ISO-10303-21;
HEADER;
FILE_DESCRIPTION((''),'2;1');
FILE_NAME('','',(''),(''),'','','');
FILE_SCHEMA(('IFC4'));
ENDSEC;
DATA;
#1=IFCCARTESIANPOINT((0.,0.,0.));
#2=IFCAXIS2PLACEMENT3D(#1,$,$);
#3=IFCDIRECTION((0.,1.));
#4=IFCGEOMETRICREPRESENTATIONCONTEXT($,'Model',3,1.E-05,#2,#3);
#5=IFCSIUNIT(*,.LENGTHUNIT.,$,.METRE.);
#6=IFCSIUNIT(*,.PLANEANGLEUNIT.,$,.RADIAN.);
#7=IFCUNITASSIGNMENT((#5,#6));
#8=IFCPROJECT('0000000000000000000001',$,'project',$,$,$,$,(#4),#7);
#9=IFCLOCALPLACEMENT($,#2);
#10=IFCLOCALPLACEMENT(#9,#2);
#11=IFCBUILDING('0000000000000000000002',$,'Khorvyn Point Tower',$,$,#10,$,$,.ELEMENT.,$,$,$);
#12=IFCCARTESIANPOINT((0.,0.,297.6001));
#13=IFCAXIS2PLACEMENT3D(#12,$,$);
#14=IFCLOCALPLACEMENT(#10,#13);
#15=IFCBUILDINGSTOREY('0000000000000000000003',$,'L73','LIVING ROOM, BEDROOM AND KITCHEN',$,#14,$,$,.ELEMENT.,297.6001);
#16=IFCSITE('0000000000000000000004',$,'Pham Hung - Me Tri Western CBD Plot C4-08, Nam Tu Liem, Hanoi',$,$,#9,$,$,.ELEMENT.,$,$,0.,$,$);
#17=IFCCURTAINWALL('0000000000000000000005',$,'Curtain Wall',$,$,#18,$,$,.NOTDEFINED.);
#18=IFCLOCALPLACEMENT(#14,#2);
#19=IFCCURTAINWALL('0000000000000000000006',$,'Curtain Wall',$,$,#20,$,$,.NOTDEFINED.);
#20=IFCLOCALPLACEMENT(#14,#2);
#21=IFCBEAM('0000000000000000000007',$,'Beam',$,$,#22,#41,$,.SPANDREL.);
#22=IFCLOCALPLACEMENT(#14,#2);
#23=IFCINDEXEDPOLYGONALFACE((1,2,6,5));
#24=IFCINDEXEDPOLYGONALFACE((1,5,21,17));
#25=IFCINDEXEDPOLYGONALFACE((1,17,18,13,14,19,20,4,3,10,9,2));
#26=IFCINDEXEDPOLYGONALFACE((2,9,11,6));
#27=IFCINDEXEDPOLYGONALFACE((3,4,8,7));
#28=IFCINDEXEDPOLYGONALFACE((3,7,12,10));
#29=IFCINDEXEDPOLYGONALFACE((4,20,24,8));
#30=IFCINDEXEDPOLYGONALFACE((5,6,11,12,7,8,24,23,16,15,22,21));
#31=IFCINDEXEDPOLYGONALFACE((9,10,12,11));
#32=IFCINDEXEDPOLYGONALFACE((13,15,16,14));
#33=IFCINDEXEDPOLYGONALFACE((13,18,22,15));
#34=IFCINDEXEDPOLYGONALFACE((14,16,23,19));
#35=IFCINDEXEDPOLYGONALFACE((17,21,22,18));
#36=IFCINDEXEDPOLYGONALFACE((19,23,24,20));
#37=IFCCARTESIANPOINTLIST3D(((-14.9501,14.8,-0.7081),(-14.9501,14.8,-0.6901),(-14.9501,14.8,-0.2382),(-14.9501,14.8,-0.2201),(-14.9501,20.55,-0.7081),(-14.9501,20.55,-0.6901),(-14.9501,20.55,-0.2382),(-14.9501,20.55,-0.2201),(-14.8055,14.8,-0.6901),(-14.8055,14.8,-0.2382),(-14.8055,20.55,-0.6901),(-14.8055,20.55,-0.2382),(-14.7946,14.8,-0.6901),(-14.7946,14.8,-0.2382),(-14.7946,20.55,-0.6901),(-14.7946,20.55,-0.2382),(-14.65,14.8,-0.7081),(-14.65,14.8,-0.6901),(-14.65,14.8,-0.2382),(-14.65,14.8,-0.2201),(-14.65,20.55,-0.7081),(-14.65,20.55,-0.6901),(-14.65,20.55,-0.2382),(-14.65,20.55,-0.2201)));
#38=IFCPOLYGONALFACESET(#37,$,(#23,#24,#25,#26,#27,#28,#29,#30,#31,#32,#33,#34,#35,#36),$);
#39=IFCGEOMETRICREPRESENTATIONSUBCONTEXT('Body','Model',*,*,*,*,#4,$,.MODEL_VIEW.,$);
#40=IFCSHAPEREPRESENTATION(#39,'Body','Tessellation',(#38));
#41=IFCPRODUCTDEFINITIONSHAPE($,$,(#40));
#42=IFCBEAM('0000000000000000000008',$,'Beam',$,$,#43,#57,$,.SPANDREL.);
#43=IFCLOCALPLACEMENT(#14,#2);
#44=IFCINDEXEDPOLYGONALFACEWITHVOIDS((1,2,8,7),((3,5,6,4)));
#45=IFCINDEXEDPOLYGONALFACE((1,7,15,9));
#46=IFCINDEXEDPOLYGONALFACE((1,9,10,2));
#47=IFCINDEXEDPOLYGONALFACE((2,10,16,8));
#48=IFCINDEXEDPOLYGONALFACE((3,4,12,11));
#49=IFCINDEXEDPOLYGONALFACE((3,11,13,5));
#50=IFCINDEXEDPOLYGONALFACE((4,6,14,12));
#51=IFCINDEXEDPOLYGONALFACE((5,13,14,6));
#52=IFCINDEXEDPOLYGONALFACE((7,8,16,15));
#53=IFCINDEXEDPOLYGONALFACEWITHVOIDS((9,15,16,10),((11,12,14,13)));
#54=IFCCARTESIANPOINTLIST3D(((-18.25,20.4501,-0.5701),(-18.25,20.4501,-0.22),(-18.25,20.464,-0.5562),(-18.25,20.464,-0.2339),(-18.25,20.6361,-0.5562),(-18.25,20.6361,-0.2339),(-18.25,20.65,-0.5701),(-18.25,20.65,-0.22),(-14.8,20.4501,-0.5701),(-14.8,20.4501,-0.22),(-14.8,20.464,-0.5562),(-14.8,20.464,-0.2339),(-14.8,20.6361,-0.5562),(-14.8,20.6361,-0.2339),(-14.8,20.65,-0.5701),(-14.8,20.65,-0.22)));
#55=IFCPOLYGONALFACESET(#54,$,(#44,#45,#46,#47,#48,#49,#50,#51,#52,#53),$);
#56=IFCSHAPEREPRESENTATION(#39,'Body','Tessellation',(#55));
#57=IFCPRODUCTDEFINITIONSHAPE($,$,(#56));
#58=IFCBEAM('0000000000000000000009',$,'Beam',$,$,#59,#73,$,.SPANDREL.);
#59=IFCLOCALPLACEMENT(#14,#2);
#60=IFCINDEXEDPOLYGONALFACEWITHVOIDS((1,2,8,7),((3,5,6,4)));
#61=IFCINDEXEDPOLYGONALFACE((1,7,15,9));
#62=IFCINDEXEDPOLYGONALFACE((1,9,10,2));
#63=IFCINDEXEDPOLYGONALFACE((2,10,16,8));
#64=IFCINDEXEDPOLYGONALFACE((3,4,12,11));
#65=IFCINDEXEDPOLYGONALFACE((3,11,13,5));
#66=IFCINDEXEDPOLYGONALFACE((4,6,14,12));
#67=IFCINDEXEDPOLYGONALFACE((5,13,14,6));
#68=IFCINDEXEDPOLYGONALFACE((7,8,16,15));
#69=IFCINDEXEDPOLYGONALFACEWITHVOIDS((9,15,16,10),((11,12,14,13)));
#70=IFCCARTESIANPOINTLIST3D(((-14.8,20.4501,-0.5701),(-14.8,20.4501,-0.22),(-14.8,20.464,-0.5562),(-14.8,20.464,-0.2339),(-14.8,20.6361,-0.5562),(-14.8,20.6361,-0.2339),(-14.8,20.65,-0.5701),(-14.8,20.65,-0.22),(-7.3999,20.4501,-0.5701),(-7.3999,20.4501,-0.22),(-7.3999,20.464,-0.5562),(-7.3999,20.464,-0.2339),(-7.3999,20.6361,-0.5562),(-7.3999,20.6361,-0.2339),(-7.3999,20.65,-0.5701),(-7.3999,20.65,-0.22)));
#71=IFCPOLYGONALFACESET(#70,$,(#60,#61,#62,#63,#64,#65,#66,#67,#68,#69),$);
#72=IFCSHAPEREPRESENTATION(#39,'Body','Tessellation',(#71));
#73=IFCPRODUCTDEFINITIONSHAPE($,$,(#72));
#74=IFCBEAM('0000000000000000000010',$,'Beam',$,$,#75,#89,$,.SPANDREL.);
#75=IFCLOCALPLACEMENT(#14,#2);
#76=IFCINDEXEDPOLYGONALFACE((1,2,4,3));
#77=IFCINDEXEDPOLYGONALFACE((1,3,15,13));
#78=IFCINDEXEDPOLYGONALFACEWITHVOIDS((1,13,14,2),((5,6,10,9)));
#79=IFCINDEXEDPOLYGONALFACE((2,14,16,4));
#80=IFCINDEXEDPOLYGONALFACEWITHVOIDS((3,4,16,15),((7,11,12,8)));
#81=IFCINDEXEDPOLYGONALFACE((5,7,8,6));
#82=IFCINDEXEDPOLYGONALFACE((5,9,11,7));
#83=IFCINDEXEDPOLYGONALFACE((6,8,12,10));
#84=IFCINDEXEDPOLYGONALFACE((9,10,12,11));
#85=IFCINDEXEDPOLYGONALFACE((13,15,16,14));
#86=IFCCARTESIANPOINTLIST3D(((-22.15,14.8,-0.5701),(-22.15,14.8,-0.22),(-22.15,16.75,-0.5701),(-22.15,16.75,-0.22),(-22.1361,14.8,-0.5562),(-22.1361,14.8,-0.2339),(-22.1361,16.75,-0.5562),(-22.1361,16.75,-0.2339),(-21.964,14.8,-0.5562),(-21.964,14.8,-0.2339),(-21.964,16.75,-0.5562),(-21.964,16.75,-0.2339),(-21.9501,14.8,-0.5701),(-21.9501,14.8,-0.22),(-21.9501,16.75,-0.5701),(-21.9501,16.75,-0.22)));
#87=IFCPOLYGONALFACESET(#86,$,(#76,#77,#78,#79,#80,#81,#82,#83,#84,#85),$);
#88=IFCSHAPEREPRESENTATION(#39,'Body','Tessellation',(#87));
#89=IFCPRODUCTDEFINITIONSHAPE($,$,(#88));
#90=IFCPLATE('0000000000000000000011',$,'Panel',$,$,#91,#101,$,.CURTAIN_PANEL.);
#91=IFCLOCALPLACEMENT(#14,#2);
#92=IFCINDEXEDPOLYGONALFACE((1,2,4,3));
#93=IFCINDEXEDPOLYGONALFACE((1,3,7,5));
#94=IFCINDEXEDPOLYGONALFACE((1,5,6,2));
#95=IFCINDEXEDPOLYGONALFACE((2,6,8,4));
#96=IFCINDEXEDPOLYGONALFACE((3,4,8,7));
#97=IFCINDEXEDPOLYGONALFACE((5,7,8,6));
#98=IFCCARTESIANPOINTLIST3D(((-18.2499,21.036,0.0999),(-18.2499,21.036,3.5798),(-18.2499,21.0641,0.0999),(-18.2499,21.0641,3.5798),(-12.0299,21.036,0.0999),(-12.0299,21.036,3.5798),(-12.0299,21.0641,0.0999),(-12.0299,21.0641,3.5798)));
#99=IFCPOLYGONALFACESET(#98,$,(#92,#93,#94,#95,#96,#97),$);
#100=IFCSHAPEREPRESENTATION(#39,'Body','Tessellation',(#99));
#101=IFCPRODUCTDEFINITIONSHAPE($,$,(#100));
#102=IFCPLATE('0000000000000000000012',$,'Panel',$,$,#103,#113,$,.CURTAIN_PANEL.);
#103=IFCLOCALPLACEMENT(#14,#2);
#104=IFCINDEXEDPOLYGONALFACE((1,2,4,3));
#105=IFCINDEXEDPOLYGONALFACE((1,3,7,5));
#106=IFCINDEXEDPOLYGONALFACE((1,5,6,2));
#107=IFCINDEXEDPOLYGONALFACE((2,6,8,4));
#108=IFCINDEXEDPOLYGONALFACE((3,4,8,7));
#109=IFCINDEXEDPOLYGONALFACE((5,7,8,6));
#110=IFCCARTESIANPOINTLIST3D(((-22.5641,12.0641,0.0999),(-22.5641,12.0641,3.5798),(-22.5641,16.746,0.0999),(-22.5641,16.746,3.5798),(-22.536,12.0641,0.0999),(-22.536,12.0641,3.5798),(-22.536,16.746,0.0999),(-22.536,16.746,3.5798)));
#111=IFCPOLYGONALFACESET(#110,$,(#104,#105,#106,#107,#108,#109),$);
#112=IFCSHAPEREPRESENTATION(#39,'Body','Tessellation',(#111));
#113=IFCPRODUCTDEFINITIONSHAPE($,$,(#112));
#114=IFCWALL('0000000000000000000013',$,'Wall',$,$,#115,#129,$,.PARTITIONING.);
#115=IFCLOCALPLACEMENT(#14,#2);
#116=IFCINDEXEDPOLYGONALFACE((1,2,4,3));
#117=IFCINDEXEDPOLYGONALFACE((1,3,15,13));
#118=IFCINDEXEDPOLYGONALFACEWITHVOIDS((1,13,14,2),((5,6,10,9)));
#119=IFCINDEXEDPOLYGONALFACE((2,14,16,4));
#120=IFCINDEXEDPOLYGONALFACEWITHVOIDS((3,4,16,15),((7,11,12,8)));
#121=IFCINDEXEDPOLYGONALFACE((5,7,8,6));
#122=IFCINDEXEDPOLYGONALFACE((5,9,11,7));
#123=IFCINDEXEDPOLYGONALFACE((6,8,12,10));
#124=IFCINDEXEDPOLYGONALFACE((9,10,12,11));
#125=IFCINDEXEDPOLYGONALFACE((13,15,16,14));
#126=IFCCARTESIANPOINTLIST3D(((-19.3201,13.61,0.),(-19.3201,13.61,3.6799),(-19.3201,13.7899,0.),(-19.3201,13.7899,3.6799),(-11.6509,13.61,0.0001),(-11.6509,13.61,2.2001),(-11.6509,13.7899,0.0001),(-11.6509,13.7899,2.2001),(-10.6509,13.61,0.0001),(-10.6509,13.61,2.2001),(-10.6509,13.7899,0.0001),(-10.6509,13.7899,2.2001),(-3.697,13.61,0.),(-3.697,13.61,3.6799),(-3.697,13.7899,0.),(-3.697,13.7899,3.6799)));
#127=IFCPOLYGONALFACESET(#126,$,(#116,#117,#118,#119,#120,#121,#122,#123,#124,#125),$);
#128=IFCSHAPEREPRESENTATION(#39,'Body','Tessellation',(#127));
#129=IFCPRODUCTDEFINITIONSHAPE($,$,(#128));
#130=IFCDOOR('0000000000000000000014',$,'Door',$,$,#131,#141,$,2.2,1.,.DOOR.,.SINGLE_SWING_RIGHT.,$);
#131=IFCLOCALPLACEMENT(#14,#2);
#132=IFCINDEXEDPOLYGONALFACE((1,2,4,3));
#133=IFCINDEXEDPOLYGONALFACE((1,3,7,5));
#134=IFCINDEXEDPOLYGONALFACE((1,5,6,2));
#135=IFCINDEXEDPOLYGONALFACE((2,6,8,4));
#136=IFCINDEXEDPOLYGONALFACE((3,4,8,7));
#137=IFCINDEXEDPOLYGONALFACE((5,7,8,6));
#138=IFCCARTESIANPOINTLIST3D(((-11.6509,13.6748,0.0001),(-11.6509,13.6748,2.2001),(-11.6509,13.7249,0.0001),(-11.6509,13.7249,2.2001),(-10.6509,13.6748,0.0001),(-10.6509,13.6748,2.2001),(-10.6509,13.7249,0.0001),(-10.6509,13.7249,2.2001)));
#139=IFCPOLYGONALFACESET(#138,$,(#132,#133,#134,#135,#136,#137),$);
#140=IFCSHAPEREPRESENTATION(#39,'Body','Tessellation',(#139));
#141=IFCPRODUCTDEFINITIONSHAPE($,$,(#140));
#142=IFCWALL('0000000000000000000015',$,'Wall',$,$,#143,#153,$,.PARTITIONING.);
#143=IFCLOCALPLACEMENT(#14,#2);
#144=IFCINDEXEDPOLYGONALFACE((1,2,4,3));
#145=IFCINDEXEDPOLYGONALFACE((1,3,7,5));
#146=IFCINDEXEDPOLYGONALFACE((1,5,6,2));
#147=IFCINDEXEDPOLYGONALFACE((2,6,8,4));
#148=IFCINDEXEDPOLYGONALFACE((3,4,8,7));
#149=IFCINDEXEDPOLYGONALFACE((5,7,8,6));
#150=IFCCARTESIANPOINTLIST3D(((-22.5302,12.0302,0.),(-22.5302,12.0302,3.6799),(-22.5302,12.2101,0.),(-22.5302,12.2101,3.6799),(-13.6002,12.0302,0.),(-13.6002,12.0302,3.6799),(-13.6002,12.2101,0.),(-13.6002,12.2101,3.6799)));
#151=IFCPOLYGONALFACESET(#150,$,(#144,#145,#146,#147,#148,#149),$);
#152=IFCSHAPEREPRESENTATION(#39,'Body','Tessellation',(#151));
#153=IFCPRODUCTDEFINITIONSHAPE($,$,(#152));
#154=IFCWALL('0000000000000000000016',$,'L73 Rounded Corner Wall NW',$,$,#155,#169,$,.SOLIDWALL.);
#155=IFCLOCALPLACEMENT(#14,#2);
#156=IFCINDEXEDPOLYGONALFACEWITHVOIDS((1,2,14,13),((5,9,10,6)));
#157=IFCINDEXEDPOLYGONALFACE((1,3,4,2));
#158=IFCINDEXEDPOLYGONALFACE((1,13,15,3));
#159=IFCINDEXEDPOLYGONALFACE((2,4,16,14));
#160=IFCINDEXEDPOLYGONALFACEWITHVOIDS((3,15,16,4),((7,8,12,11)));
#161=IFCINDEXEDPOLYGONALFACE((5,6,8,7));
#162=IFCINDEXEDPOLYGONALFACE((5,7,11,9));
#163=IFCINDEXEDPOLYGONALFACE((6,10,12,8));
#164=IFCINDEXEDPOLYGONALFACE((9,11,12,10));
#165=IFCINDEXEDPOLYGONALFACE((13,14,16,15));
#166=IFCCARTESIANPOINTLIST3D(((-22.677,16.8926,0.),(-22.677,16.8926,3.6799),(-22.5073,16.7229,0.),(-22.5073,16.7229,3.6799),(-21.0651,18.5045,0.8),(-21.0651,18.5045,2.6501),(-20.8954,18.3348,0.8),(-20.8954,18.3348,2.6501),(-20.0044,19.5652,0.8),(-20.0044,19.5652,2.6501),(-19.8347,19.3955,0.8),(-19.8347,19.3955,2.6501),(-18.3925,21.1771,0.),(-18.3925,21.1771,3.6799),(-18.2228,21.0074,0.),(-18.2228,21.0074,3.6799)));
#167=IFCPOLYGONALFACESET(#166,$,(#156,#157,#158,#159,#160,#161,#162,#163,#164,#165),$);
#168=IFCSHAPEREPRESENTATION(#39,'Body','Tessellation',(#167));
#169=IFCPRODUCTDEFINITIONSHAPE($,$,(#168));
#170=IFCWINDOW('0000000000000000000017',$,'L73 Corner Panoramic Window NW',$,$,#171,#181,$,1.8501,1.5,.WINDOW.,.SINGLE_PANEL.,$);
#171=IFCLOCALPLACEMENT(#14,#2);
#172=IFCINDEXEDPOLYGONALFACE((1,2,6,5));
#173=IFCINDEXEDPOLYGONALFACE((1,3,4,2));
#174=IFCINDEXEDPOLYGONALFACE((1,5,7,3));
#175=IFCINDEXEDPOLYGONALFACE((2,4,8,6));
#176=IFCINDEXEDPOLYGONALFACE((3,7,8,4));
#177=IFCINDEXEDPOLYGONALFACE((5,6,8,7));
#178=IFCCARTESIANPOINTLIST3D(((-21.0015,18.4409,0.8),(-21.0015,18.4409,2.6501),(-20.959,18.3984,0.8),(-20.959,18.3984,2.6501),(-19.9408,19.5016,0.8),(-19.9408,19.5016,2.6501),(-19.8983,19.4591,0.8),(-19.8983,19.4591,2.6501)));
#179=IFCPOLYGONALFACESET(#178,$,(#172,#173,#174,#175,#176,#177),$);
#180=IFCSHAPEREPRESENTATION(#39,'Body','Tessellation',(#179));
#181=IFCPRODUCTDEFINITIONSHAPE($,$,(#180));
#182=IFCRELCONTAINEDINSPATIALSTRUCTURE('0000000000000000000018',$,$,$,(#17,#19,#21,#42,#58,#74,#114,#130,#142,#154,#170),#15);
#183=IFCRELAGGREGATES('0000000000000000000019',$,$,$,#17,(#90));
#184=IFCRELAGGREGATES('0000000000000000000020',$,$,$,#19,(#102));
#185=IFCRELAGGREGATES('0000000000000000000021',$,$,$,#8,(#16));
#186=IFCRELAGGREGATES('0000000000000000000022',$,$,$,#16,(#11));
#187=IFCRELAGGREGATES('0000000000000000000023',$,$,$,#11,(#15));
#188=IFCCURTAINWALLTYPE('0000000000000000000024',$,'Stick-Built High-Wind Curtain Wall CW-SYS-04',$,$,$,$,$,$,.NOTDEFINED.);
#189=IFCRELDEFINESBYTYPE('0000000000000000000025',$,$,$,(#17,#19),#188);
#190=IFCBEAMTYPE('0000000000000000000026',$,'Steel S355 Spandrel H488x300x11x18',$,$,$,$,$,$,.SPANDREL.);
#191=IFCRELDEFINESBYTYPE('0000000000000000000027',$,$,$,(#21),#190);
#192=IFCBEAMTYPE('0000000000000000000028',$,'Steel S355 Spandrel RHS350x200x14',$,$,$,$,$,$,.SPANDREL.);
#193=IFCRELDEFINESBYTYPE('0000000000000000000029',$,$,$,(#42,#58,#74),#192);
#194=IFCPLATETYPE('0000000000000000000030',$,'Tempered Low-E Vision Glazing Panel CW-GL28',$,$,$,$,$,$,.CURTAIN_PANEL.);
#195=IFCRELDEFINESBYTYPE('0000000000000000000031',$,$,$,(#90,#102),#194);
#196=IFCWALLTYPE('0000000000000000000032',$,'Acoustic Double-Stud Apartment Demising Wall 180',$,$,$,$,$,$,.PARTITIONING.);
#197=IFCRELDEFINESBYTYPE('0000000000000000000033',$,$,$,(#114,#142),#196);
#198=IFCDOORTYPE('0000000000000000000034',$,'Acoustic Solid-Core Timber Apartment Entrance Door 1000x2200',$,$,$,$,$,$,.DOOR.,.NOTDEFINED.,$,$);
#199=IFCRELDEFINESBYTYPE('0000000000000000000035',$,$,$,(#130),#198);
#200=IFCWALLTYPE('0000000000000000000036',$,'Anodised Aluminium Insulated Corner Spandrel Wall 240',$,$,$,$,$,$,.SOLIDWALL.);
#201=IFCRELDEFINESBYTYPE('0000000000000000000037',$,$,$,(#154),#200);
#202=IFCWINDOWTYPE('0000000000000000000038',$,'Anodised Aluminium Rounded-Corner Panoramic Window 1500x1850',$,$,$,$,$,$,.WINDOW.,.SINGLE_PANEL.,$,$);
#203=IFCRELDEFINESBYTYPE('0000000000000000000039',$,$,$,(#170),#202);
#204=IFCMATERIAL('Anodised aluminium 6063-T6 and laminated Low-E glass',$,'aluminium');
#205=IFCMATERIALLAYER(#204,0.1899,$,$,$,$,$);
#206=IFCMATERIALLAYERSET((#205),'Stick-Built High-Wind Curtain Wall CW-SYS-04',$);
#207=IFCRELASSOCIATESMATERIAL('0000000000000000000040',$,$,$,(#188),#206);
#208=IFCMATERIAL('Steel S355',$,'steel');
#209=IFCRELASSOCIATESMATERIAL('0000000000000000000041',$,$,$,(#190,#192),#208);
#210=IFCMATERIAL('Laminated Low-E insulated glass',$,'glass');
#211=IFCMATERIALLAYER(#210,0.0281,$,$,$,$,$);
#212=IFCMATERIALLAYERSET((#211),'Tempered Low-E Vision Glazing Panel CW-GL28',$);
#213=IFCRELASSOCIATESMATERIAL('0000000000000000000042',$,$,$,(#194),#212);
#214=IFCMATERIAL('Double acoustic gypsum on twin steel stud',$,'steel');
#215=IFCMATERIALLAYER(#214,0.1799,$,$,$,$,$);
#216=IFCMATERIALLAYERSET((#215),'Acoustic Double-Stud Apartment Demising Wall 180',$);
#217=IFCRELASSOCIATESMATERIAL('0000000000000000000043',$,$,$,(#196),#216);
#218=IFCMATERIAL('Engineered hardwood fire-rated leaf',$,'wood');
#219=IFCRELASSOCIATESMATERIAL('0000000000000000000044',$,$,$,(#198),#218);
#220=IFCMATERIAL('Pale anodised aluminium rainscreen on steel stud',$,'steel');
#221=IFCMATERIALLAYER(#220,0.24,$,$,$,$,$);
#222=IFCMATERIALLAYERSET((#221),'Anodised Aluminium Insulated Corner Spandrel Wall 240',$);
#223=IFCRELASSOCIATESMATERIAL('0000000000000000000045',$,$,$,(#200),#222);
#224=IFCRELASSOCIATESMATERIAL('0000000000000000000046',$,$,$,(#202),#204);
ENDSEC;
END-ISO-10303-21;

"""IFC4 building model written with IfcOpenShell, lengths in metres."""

from ifc_helpers import new_model, si_unit, direction, frame, frame_2d, origin, origin_2d, place, context, subcontext, project, spatial, rectangle, hollow_rectangle, i_section, extrude, material, layer, layer_set, material_profile, profile_set, type_object, element, fill, aggregate, save


model = new_model("IFC4")

# Units and contexts
model_context = context("Model", 3, precision=1e-05, world=origin(), true_north=direction((0.0, 1.0)))
body_context = subcontext(model_context, "Body", "Model", "MODEL_VIEW")
ifc_project = project(units=[si_unit("LENGTHUNIT", "METRE"), si_unit("PLANEANGLEUNIT", "RADIAN")], contexts=[model_context])

# Site, building, storey
site_placement = place(None, origin())
site = spatial("IfcSite", under=ifc_project, at=site_placement, Name="Pham Hung - Me Tri Western CBD Plot C4-08, Nam Tu Liem, Hanoi", CompositionType="ELEMENT", RefElevation=0.0)
building_placement = place(site_placement, origin())
building = spatial("IfcBuilding", under=site, at=building_placement, Name="Khorvyn Point Tower", CompositionType="ELEMENT")
storey_placement = place(building_placement, frame((0.0, 0.0, 297.6001)))
storey = spatial("IfcBuildingStorey", under=building, at=storey_placement, Name="L73", Description="LIVING ROOM, BEDROOM AND KITCHEN", CompositionType="ELEMENT", Elevation=297.6001)

# Shared definitions
ifc_material_1 = material(Name="Steel S355", Category="steel")

# Curtain walls
ifc_material_2 = material(Name="Anodised aluminium 6063-T6 and laminated Low-E glass", Category="aluminium")
ifc_layer_1 = layer(ifc_material_2, 0.1899)
ifc_layer_set_1 = layer_set([ifc_layer_1], Name="Stick-Built High-Wind Curtain Wall CW-SYS-04")
curtain_wall_type = type_object("IfcCurtainWallType", Name="Stick-Built High-Wind Curtain Wall CW-SYS-04", PredefinedType="NOTDEFINED", material=ifc_layer_set_1)
curtain_wall_1_placement = place(storey_placement, origin())
curtain_wall_1 = element("IfcCurtainWall", 1, at=curtain_wall_1_placement, inside=storey, type_object=curtain_wall_type, Name="Curtain Wall", PredefinedType="NOTDEFINED")
curtain_wall_2_placement = place(storey_placement, origin())
curtain_wall_2 = element("IfcCurtainWall", 2, at=curtain_wall_2_placement, inside=storey, type_object=curtain_wall_type, Name="Curtain Wall", PredefinedType="NOTDEFINED")

# Beams
ifc_material_profile_1 = material_profile(ifc_material_1, i_section(OverallWidth=0.3, OverallDepth=0.488, WebThickness=0.011, FlangeThickness=0.0181, at=origin_2d()))
ifc_profile_set_1 = profile_set([ifc_material_profile_1], Name="Steel S355 H488x300x11x18")
beam_type_1 = type_object("IfcBeamType", Name="Steel S355 Spandrel H488x300x11x18", PredefinedType="SPANDREL", material=ifc_profile_set_1)
beam_1_placement = place(storey_placement, frame((-14.8, 14.8, -0.4641), z_axis=(0.0, 1.0, 0.0), x_axis=(-1.0, 0.0, 0.0)))
element("IfcBeam", 3, at=beam_1_placement, inside=storey, type_object=beam_type_1, Name="Beam", PredefinedType="SPANDREL", context=body_context, shape_type="SweptSolid", body=[
    extrude(i_section(OverallWidth=0.3, OverallDepth=0.488, WebThickness=0.011, FlangeThickness=0.0181, at=origin_2d()), origin(), (0.0, 0.0, 1.0), 5.75),
])
ifc_material_profile_2 = material_profile(ifc_material_1, hollow_rectangle(XDim=0.2, YDim=0.3501, WallThickness=0.0139, at=origin_2d()))
ifc_profile_set_2 = profile_set([ifc_material_profile_2], Name="Steel S355 RHS350x200x14")
beam_type_2 = type_object("IfcBeamType", Name="Steel S355 Spandrel RHS350x200x14", PredefinedType="SPANDREL", material=ifc_profile_set_2)
beam_2_placement = place(storey_placement, frame((-18.25, 20.55, -0.395), z_axis=(1.0, 0.0, 0.0), x_axis=(0.0, 1.0, 0.0)))
element("IfcBeam", 4, at=beam_2_placement, inside=storey, type_object=beam_type_2, Name="Beam", PredefinedType="SPANDREL", context=body_context, shape_type="SweptSolid", body=[
    extrude(hollow_rectangle(XDim=0.2, YDim=0.3501, WallThickness=0.0139, at=origin_2d()), origin(), (0.0, 0.0, 1.0), 3.45),
])
beam_3_placement = place(storey_placement, frame((-14.8, 20.55, -0.395), z_axis=(1.0, 0.0, 0.0), x_axis=(0.0, 1.0, 0.0)))
element("IfcBeam", 5, at=beam_3_placement, inside=storey, type_object=beam_type_2, Name="Beam", PredefinedType="SPANDREL", context=body_context, shape_type="SweptSolid", body=[
    extrude(hollow_rectangle(XDim=0.2, YDim=0.3501, WallThickness=0.0139, at=origin_2d()), origin(), (0.0, 0.0, 1.0), 7.4001),
])
beam_4_placement = place(storey_placement, frame((-22.05, 14.8, -0.395), z_axis=(0.0, 1.0, 0.0), x_axis=(-1.0, 0.0, 0.0)))
element("IfcBeam", 6, at=beam_4_placement, inside=storey, type_object=beam_type_2, Name="Beam", PredefinedType="SPANDREL", context=body_context, shape_type="SweptSolid", body=[
    extrude(hollow_rectangle(XDim=0.2, YDim=0.3501, WallThickness=0.0139, at=origin_2d()), origin(), (0.0, 0.0, 1.0), 1.95),
])

# Plates
ifc_material_3 = material(Name="Laminated Low-E insulated glass", Category="glass")
ifc_layer_2 = layer(ifc_material_3, 0.0281)
ifc_layer_set_2 = layer_set([ifc_layer_2], Name="Tempered Low-E Vision Glazing Panel CW-GL28")
plate_type = type_object("IfcPlateType", Name="Tempered Low-E Vision Glazing Panel CW-GL28", PredefinedType="CURTAIN_PANEL", material=ifc_layer_set_2)
plate_1_placement = place(storey_placement, frame((-15.1399, 21.05, 0.0999), z_axis=(0.0, 0.0, 1.0), x_axis=(1.0, 0.0, 0.0)))
plate_1 = element("IfcPlate", 7, at=plate_1_placement, type_object=plate_type, Name="Panel", PredefinedType="CURTAIN_PANEL", context=body_context, shape_type="SweptSolid", body=[
    extrude(rectangle(XDim=6.22, YDim=0.0281, at=origin_2d()), origin(), (0.0, 0.0, 1.0), 3.48),
])
aggregate(curtain_wall_1, [plate_1])
plate_2_placement = place(storey_placement, frame((-22.55, 14.405, 0.0999), z_axis=(0.0, 0.0, 1.0), x_axis=(0.0, 1.0, 0.0)))
plate_2 = element("IfcPlate", 8, at=plate_2_placement, type_object=plate_type, Name="Panel", PredefinedType="CURTAIN_PANEL", context=body_context, shape_type="SweptSolid", body=[
    extrude(rectangle(XDim=4.6819, YDim=0.0281, at=origin_2d()), origin(), (0.0, 0.0, 1.0), 3.48),
])
aggregate(curtain_wall_2, [plate_2])

# Wall, opening, door
ifc_material_4 = material(Name="Double acoustic gypsum on twin steel stud", Category="steel")
ifc_layer_3 = layer(ifc_material_4, 0.1799)
ifc_layer_set_3 = layer_set([ifc_layer_3], Name="Acoustic Double-Stud Apartment Demising Wall 180")
wall_type_1 = type_object("IfcWallType", Name="Acoustic Double-Stud Apartment Demising Wall 180", PredefinedType="PARTITIONING", material=ifc_layer_set_3)
wall_1_placement = place(storey_placement, frame((-19.3201, 13.7, 0.0), z_axis=(0.0, 0.0, 1.0), x_axis=(1.0, 0.0, 0.0)))
wall_1 = element("IfcWall", 9, at=wall_1_placement, inside=storey, type_object=wall_type_1, Name="Wall", PredefinedType="PARTITIONING", context=body_context, shape_type="SweptSolid", body=[
    extrude(rectangle(XDim=15.623, YDim=0.1799, at=frame_2d((7.8115, 0.0))), origin(), (0.0, 0.0, 1.0), 3.6799),
])
opening_1_placement = place(wall_1_placement, frame((7.6692, 0.0, 0.0)))
opening_1 = element("IfcOpeningElement", 10, at=opening_1_placement, cuts=wall_1, PredefinedType="OPENING", context=body_context, shape_type="SweptSolid", body=[
    extrude(rectangle(XDim=1.0, YDim=2.2, at=frame_2d((0.5, 1.1001))), frame((0.0, 0.0999, 0.0), z_axis=(0.0, -1.0, 0.0), x_axis=(1.0, 0.0, 0.0)), (0.0, 0.0, 1.0), 0.2),
])
ifc_material_5 = material(Name="Engineered hardwood fire-rated leaf", Category="wood")
door_type = type_object("IfcDoorType", Name="Acoustic Solid-Core Timber Apartment Entrance Door 1000x2200", OperationType="NOTDEFINED", PredefinedType="DOOR", material=ifc_material_5)
door_placement = place(opening_1_placement, origin())
door = element("IfcDoor", 11, at=door_placement, inside=storey, type_object=door_type, Name="Door", OperationType="SINGLE_SWING_RIGHT", OverallHeight=2.2, OverallWidth=1.0, PredefinedType="DOOR", context=body_context, shape_type="SweptSolid", body=[
    extrude(rectangle(XDim=1.0, YDim=2.2, at=frame_2d((0.5, 1.1001))), frame((0.0, 0.0249, 0.0), z_axis=(0.0, -1.0, 0.0), x_axis=(1.0, 0.0, 0.0)), (0.0, 0.0, 1.0), 0.05),
])
fill(opening_1, door)

# Wall
wall_2_placement = place(storey_placement, frame((-22.53, 12.1201, 0.0), z_axis=(0.0, 0.0, 1.0), x_axis=(1.0, 0.0, 0.0)))
element("IfcWall", 12, at=wall_2_placement, inside=storey, type_object=wall_type_1, Name="Wall", PredefinedType="PARTITIONING", context=body_context, shape_type="SweptSolid", body=[
    extrude(rectangle(XDim=8.9299, YDim=0.1799, at=frame_2d((4.4648, 0.0))), origin(), (0.0, 0.0, 1.0), 3.6799),
])

# Wall, opening, window
ifc_material_6 = material(Name="Pale anodised aluminium rainscreen on steel stud", Category="steel")
ifc_layer_4 = layer(ifc_material_6, 0.24)
ifc_layer_set_4 = layer_set([ifc_layer_4], Name="Anodised Aluminium Insulated Corner Spandrel Wall 240")
wall_type_2 = type_object("IfcWallType", Name="Anodised Aluminium Insulated Corner Spandrel Wall 240", PredefinedType="SOLIDWALL", material=ifc_layer_set_4)
wall_3_placement = place(storey_placement, frame((-22.5923, 16.8076, 0.0), z_axis=(0.0, 0.0, 1.0), x_axis=(0.707107, 0.707107, 0.0)))
wall_3 = element("IfcWall", 13, at=wall_3_placement, inside=storey, type_object=wall_type_2, Name="L73 Rounded Corner Wall NW", PredefinedType="SOLIDWALL", context=body_context, shape_type="SweptSolid", body=[
    extrude(rectangle(XDim=6.0593, YDim=0.24, at=frame_2d((3.0298, 0.0))), origin(), (0.0, 0.0, 1.0), 3.6799),
])
opening_2_placement = place(wall_3_placement, frame((2.2798, 0.0, 0.8)))
opening_2 = element("IfcOpeningElement", 14, at=opening_2_placement, cuts=wall_3, PredefinedType="OPENING", context=body_context, shape_type="SweptSolid", body=[
    extrude(rectangle(XDim=1.5, YDim=1.8501, at=frame_2d((0.75, 0.925))), frame((0.0, 0.1299, 0.0), z_axis=(0.0, -1.0, 0.0), x_axis=(1.0, 0.0, 0.0)), (0.0, 0.0, 1.0), 0.26),
])
window_type = type_object("IfcWindowType", Name="Anodised Aluminium Rounded-Corner Panoramic Window 1500x1850", PartitioningType="SINGLE_PANEL", PredefinedType="WINDOW", material=ifc_material_2)
window_placement = place(opening_2_placement, origin())
window = element("IfcWindow", 15, at=window_placement, inside=storey, type_object=window_type, Name="L73 Corner Panoramic Window NW", OverallHeight=1.8501, OverallWidth=1.5, PartitioningType="SINGLE_PANEL", PredefinedType="WINDOW", context=body_context, shape_type="SweptSolid", body=[
    extrude(rectangle(XDim=1.5, YDim=1.8501, at=frame_2d((0.75, 0.925))), frame((0.0, 0.03, 0.0), z_axis=(0.0, -1.0, 0.0), x_axis=(1.0, 0.0, 0.0)), (0.0, 0.0, 1.0), 0.0601),
])
fill(opening_2, window)

save(model, "model.ifc")
